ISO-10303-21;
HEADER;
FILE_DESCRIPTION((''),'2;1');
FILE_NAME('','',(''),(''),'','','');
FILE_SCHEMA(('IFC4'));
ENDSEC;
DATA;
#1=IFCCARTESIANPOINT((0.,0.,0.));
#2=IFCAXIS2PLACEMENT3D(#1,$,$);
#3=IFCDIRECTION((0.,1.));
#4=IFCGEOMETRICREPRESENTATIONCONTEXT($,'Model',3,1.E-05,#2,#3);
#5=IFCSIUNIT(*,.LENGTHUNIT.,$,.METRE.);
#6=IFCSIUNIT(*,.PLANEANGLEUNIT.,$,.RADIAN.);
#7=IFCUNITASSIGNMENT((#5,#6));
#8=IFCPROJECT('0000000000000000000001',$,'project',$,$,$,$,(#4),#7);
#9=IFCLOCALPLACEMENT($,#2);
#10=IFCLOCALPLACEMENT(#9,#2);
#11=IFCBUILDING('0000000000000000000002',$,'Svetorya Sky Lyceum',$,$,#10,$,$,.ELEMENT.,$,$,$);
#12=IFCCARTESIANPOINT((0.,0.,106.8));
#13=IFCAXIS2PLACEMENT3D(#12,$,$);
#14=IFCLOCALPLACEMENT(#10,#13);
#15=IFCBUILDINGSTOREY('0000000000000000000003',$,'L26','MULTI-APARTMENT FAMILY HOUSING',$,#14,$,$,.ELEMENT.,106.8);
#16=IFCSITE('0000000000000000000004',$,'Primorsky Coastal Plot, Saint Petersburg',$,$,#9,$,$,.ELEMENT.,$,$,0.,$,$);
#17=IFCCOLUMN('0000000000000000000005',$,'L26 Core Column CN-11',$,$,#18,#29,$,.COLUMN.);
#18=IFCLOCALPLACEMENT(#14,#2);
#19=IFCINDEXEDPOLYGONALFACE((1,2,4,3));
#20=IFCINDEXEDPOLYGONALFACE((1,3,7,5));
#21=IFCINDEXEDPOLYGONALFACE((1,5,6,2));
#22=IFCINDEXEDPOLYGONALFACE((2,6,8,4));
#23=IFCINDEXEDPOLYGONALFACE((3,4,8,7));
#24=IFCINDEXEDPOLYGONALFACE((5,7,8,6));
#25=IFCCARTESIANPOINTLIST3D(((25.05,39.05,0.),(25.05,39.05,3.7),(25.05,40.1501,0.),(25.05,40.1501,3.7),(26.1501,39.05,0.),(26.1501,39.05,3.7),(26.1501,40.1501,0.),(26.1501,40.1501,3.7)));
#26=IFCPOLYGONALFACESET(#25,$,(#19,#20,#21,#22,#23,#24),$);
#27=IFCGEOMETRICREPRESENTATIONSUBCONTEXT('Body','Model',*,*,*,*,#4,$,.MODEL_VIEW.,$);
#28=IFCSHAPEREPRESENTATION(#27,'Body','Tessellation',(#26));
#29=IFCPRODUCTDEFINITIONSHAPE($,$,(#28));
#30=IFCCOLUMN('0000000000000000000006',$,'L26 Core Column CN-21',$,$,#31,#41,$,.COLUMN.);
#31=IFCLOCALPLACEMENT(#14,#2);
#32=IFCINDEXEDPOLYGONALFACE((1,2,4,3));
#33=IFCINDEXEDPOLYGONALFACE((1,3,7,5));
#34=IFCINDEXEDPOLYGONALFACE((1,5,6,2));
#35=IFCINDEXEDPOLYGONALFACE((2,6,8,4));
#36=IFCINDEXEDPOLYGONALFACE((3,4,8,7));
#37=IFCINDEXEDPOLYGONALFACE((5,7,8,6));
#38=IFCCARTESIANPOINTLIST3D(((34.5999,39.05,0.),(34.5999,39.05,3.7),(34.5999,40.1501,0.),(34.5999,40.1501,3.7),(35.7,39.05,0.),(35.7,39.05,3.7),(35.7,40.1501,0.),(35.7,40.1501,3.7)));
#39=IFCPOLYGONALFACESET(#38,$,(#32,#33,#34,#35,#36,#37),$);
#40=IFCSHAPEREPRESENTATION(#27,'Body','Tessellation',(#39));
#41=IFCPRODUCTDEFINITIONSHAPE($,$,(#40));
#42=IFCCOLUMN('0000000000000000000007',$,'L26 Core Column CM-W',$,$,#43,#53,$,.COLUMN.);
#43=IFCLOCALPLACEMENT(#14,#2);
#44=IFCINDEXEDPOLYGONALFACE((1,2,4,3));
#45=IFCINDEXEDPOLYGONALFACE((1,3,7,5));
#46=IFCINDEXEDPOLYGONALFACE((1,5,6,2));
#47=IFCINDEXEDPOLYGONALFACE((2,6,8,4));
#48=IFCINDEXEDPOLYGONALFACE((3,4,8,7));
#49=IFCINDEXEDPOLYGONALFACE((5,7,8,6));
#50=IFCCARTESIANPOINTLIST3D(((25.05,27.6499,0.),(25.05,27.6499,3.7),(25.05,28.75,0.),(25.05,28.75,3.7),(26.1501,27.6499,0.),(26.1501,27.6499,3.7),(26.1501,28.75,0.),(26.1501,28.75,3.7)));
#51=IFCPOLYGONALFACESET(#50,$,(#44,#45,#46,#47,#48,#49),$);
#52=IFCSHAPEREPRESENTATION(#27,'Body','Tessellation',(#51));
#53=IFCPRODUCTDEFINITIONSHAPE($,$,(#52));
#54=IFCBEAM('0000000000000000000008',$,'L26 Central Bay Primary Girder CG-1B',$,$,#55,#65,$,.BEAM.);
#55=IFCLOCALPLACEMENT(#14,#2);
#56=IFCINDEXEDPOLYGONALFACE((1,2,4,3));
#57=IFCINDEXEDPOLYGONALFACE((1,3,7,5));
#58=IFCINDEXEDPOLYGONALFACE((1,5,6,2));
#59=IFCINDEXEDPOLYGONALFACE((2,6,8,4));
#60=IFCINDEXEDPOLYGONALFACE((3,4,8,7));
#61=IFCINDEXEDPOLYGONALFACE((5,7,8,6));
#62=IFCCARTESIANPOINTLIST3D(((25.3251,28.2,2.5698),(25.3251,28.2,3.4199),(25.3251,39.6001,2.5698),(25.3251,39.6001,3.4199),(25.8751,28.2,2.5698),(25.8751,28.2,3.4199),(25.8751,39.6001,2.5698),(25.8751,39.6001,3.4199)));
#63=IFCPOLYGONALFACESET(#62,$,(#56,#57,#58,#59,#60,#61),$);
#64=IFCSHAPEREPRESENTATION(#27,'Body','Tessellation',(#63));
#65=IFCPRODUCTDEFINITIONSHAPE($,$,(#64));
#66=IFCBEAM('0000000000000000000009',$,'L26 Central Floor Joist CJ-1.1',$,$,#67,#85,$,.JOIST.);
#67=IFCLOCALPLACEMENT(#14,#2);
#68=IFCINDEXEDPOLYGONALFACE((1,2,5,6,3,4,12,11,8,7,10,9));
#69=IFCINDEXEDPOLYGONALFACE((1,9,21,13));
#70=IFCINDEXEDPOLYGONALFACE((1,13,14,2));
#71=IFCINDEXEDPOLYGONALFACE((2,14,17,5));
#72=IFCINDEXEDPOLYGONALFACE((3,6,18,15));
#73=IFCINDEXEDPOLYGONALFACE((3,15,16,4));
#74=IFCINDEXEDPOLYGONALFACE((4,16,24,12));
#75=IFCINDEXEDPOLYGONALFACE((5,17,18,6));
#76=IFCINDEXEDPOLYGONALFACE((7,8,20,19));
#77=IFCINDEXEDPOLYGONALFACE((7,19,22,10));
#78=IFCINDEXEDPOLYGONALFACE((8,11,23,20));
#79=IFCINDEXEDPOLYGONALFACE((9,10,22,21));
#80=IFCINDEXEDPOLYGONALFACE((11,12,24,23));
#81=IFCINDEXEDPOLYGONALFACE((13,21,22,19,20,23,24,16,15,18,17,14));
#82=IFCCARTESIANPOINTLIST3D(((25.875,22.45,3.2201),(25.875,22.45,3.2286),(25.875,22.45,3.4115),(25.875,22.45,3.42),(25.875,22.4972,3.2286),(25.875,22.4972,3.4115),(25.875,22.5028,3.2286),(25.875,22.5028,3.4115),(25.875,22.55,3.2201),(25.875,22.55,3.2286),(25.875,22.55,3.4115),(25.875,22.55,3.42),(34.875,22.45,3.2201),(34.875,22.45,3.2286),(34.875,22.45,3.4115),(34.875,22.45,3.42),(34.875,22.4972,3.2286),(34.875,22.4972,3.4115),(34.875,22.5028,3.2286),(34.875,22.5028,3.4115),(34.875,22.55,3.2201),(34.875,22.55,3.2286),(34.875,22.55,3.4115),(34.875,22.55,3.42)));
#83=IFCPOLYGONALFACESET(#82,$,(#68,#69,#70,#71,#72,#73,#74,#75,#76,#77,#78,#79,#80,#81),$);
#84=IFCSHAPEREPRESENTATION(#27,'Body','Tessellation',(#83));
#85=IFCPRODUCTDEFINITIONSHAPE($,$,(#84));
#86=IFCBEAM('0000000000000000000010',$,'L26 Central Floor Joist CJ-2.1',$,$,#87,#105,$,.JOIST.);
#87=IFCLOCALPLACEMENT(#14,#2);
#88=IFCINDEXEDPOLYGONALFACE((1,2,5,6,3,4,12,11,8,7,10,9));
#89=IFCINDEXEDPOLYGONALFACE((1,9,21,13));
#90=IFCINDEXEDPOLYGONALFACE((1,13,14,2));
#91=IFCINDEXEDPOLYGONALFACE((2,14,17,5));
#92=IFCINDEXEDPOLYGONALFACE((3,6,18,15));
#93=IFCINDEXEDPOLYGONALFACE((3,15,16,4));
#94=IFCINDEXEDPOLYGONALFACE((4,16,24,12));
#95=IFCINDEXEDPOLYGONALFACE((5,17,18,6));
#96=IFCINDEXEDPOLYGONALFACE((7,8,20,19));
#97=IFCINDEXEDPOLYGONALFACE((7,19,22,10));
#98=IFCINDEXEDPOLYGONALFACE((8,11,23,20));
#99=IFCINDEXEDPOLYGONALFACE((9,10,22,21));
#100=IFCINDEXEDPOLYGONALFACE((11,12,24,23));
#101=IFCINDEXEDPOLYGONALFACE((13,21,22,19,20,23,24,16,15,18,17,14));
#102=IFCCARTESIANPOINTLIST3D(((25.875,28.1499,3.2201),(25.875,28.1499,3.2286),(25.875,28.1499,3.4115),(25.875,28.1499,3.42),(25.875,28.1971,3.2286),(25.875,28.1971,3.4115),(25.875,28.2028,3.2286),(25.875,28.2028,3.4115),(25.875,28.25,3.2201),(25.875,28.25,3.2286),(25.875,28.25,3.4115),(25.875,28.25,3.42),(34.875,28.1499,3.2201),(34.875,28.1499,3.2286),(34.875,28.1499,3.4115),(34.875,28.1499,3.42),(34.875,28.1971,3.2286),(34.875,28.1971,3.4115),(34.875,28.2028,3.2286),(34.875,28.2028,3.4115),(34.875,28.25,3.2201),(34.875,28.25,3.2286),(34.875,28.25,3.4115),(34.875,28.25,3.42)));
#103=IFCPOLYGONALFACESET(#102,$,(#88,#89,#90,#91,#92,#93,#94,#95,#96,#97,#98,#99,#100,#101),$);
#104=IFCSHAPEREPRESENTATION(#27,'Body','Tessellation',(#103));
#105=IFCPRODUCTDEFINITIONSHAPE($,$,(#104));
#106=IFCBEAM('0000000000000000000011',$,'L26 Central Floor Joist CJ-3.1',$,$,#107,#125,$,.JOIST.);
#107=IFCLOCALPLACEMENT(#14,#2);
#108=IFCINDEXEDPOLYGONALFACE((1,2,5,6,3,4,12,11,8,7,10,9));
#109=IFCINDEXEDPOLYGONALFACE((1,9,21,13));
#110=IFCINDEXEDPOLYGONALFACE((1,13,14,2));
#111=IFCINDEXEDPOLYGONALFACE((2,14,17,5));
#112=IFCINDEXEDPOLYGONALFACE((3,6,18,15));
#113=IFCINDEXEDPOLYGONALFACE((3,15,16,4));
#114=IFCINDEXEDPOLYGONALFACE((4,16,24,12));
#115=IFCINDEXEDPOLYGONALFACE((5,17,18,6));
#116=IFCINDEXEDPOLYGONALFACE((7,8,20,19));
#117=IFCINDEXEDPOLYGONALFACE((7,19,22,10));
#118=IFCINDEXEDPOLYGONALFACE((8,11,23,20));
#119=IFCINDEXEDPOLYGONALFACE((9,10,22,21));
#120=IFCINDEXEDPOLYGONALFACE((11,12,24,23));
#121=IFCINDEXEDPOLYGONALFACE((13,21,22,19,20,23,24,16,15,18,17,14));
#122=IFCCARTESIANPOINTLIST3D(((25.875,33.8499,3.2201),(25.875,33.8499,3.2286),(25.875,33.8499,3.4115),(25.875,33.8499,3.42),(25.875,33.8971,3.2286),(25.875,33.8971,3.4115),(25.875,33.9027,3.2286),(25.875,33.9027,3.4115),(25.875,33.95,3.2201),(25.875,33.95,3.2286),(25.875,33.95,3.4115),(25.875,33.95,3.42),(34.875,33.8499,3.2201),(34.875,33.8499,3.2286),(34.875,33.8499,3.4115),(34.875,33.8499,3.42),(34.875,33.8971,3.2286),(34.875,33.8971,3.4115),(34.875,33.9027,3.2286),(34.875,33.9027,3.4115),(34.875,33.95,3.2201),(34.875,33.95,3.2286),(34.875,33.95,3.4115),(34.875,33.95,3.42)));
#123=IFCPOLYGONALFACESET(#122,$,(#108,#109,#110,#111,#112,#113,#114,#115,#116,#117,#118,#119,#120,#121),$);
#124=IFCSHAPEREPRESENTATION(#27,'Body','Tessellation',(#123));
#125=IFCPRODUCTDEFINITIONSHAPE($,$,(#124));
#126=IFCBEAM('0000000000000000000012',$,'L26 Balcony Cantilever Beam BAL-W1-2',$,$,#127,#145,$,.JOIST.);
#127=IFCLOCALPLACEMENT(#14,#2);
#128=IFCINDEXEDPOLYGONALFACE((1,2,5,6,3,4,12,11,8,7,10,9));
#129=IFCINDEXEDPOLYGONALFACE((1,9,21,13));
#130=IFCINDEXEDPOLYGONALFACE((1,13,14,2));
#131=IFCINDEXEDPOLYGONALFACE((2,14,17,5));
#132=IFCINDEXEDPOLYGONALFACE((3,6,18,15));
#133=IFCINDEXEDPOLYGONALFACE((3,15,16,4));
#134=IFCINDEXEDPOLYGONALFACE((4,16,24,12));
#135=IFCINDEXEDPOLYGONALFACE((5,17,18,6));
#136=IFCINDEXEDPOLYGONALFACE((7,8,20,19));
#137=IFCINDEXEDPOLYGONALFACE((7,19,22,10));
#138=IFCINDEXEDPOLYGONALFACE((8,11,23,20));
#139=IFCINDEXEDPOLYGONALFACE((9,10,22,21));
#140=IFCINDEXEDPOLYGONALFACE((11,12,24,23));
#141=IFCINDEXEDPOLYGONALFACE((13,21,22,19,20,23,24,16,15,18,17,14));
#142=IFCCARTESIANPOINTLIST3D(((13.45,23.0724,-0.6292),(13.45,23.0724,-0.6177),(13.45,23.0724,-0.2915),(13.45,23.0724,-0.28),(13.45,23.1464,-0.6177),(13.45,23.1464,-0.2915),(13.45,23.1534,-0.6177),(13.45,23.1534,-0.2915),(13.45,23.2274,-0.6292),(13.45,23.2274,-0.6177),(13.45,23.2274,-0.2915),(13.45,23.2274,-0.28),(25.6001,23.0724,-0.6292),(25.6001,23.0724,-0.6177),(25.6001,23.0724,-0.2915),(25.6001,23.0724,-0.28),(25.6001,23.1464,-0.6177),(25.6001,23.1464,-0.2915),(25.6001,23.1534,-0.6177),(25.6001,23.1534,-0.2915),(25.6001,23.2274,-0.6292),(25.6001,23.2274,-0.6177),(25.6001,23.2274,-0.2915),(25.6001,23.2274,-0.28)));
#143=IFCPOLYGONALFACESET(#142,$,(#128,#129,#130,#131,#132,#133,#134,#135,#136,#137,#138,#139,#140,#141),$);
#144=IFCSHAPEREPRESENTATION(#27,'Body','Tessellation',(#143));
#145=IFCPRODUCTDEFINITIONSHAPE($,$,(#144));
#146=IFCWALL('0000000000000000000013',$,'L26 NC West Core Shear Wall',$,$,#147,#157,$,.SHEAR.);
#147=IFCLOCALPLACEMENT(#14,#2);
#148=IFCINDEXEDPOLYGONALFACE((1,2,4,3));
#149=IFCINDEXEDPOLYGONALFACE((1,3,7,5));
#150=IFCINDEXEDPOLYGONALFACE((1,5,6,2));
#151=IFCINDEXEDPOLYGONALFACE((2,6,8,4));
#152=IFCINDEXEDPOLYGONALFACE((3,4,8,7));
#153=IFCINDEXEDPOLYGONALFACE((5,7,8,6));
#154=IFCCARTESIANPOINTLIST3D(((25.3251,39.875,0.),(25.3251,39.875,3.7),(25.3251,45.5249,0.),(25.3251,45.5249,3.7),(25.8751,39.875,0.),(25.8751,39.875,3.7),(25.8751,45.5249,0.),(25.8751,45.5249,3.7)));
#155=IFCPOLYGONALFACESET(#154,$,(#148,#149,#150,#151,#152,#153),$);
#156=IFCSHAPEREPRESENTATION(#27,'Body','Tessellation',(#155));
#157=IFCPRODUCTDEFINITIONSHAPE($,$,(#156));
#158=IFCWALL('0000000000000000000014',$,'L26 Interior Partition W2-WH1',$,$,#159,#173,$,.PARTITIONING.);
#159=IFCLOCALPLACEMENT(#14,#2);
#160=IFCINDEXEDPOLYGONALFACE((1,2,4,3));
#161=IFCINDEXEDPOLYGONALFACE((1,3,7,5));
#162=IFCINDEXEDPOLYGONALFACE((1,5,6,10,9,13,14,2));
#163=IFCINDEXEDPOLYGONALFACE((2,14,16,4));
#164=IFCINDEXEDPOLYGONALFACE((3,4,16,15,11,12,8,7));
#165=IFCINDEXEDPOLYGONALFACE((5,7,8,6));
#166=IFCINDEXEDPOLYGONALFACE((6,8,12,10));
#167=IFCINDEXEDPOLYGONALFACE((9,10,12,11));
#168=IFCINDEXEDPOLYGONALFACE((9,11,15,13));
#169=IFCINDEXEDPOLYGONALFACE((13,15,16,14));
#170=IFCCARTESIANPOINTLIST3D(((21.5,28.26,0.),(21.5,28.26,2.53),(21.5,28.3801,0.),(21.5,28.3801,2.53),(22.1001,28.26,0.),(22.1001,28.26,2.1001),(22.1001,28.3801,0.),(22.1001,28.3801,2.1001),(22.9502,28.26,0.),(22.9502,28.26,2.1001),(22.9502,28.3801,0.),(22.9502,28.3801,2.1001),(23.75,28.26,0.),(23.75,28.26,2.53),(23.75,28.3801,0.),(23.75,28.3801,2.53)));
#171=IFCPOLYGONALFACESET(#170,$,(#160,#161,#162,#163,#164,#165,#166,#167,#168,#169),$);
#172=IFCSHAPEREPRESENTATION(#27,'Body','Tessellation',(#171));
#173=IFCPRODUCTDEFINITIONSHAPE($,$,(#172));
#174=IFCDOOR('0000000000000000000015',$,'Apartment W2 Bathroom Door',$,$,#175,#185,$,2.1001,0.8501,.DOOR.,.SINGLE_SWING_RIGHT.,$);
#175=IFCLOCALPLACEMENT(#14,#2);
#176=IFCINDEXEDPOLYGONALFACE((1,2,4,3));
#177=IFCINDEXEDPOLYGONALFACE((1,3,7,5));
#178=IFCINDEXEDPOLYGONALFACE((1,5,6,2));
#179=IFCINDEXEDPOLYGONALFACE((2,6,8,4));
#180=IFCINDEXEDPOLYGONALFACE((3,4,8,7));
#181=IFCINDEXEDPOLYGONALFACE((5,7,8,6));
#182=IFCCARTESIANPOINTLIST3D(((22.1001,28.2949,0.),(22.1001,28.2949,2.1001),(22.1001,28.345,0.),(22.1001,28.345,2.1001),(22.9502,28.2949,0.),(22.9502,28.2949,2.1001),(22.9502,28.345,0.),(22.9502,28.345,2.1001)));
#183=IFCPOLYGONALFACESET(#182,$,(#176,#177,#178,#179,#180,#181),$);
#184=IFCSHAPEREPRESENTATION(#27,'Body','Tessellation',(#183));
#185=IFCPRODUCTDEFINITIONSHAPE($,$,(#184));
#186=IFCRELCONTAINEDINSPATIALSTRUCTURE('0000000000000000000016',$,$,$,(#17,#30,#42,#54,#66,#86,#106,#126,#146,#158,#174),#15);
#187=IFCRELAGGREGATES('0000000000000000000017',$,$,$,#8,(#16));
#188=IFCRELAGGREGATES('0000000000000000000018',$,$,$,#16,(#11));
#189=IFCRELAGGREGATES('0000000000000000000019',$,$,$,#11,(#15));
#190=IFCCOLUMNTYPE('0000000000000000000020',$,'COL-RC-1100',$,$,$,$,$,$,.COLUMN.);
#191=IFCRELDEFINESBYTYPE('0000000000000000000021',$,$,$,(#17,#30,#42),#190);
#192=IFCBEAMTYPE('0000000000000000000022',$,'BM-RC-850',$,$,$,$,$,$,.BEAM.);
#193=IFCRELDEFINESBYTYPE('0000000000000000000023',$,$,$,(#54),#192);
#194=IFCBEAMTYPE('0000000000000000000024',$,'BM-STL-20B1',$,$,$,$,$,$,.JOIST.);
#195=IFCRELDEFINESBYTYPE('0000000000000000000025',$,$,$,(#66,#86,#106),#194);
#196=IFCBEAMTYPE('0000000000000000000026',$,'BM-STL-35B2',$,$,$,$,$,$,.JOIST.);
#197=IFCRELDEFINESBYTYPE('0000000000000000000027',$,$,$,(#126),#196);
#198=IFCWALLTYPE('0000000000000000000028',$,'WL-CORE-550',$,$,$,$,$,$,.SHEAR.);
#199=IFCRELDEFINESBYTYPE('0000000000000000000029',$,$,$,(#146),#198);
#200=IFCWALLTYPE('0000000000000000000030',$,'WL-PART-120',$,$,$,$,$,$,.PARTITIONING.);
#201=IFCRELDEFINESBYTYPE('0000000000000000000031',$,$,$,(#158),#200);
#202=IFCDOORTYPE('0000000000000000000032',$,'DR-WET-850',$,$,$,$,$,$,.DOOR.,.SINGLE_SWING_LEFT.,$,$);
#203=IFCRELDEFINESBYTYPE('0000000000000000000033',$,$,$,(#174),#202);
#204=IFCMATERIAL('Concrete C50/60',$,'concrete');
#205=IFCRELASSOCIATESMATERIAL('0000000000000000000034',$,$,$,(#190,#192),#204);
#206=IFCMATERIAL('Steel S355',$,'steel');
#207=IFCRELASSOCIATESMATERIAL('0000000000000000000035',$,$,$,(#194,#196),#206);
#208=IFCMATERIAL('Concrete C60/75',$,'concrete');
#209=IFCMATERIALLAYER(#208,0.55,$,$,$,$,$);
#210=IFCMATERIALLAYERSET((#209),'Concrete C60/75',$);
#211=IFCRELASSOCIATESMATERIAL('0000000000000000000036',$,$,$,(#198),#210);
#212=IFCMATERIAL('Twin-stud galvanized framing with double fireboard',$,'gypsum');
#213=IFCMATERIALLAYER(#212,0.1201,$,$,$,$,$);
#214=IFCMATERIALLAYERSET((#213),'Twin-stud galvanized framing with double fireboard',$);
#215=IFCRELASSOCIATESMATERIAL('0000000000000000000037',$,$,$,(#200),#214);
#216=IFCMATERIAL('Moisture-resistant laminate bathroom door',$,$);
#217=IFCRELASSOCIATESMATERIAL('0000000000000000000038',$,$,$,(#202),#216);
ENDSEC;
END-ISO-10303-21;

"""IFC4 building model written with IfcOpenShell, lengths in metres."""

from ifc_helpers import new_model, si_unit, direction, frame, frame_2d, origin, origin_2d, place, context, subcontext, project, spatial, rectangle, i_section, extrude, material, layer, layer_set, material_profile, profile_set, type_object, element, fill, save


model = new_model("IFC4")

# Units and contexts
model_context = context("Model", 3, precision=1e-05, world=origin(), true_north=direction((0.0, 1.0)))
body_context = subcontext(model_context, "Body", "Model", "MODEL_VIEW")
ifc_project = project(units=[si_unit("LENGTHUNIT", "METRE"), si_unit("PLANEANGLEUNIT", "RADIAN")], contexts=[model_context])

# Site, building, storey
site_placement = place(None, origin())
site = spatial("IfcSite", under=ifc_project, at=site_placement, Name="Primorsky Coastal Plot, Saint Petersburg", CompositionType="ELEMENT", RefElevation=0.0)
building_placement = place(site_placement, origin())
building = spatial("IfcBuilding", under=site, at=building_placement, Name="Svetorya Sky Lyceum", CompositionType="ELEMENT")
storey_placement = place(building_placement, frame((0.0, 0.0, 106.8)))
storey = spatial("IfcBuildingStorey", under=building, at=storey_placement, Name="L26", Description="MULTI-APARTMENT FAMILY HOUSING", CompositionType="ELEMENT", Elevation=106.8)

# Columns
ifc_material_1 = material(Name="Concrete C50/60", Category="concrete")
ifc_material_profile_1 = material_profile(ifc_material_1, rectangle(XDim=1.1001, YDim=1.1001, at=origin_2d()), Name="RC COL 1100x1100")
ifc_profile_set_1 = profile_set([ifc_material_profile_1], Name="Concrete C50/60")
column_type = type_object("IfcColumnType", Name="COL-RC-1100", PredefinedType="COLUMN", material=ifc_profile_set_1)
for number, where, z_axis, x_axis, name in (
    (1, (25.6001, 39.6001, 0.0), (0.0, 0.0, 1.0), (1.0, 0.0, 0.0), "L26 Core Column CN-11"),
    (2, (35.1499, 39.6001, 0.0), (0.0, 0.0, 1.0), (1.0, 0.0, 0.0), "L26 Core Column CN-21"),
    (3, (25.6001, 28.2, 0.0), (0.0, 0.0, 1.0), (1.0, 0.0, 0.0), "L26 Core Column CM-W"),
):
    element("IfcColumn", number, at=place(storey_placement, frame(where, z_axis=z_axis, x_axis=x_axis)), inside=storey, type_object=column_type, Name=name, PredefinedType="COLUMN", context=body_context, shape_type="SweptSolid", body=[
        extrude(rectangle(XDim=1.1001, YDim=1.1001, at=origin_2d()), origin(), (0.0, 0.0, 1.0), 3.7),
    ])

# Beams
ifc_material_profile_2 = material_profile(ifc_material_1, rectangle(XDim=0.55, YDim=0.8501, at=origin_2d()), Name="RC BEAM 550x850")
ifc_profile_set_2 = profile_set([ifc_material_profile_2], Name="Concrete C50/60")
beam_type_1 = type_object("IfcBeamType", Name="BM-RC-850", PredefinedType="BEAM", material=ifc_profile_set_2)
beam_1_placement = place(storey_placement, frame((25.6001, 28.2, 2.9949), z_axis=(0.0, 1.0, 0.0), x_axis=(-1.0, 0.0, 0.0)))
element("IfcBeam", 4, at=beam_1_placement, inside=storey, type_object=beam_type_1, Name="L26 Central Bay Primary Girder CG-1B", PredefinedType="BEAM", context=body_context, shape_type="SweptSolid", body=[
    extrude(rectangle(XDim=0.55, YDim=0.8501, at=origin_2d()), origin(), (0.0, 0.0, 1.0), 11.4001),
])
ifc_material_2 = material(Name="Steel S355", Category="steel")
ifc_material_profile_3 = material_profile(ifc_material_2, i_section(OverallWidth=0.1001, OverallDepth=0.2, WebThickness=0.0056, FlangeThickness=0.0085, at=origin_2d()), Name="GOST 20B1")
ifc_profile_set_3 = profile_set([ifc_material_profile_3], Name="Steel S355")
beam_type_2 = type_object("IfcBeamType", Name="BM-STL-20B1", PredefinedType="JOIST", material=ifc_profile_set_3)
for number, where, z_axis, x_axis, name in (
    (5, (25.875, 22.5, 3.3201), (1.0, 0.0, 0.0), (0.0, 1.0, 0.0), "L26 Central Floor Joist CJ-1.1"),
    (6, (25.875, 28.2, 3.3201), (1.0, 0.0, 0.0), (0.0, 1.0, 0.0), "L26 Central Floor Joist CJ-2.1"),
    (7, (25.875, 33.8999, 3.3201), (1.0, 0.0, 0.0), (0.0, 1.0, 0.0), "L26 Central Floor Joist CJ-3.1"),
):
    element("IfcBeam", number, at=place(storey_placement, frame(where, z_axis=z_axis, x_axis=x_axis)), inside=storey, type_object=beam_type_2, Name=name, PredefinedType="JOIST", context=body_context, shape_type="SweptSolid", body=[
        extrude(i_section(OverallWidth=0.1001, OverallDepth=0.2, WebThickness=0.0056, FlangeThickness=0.0085, at=origin_2d()), origin(), (0.0, 0.0, 1.0), 9.0),
    ])
ifc_material_profile_4 = material_profile(ifc_material_2, i_section(OverallWidth=0.155, OverallDepth=0.3491, WebThickness=0.0071, FlangeThickness=0.0115, at=origin_2d()), Name="GOST 35B2")
ifc_profile_set_4 = profile_set([ifc_material_profile_4], Name="Steel S355")
beam_type_3 = type_object("IfcBeamType", Name="BM-STL-35B2", PredefinedType="JOIST", material=ifc_profile_set_4)
beam_2_placement = place(storey_placement, frame((25.6001, 23.1499, -0.4546), z_axis=(-1.0, 0.0, 0.0), x_axis=(0.0, -1.0, 0.0)))
element("IfcBeam", 8, at=beam_2_placement, inside=storey, type_object=beam_type_3, Name="L26 Balcony Cantilever Beam BAL-W1-2", PredefinedType="JOIST", context=body_context, shape_type="SweptSolid", body=[
    extrude(i_section(OverallWidth=0.155, OverallDepth=0.3491, WebThickness=0.0071, FlangeThickness=0.0115, at=origin_2d()), origin(), (0.0, 0.0, 1.0), 12.1501),
])

# Wall
ifc_material_3 = material(Name="Concrete C60/75", Category="concrete")
ifc_layer_1 = layer(ifc_material_3, 0.55)
ifc_layer_set_1 = layer_set([ifc_layer_1], Name="Concrete C60/75")
wall_type_1 = type_object("IfcWallType", Name="WL-CORE-550", PredefinedType="SHEAR", material=ifc_layer_set_1)
wall_1_placement = place(storey_placement, frame((25.6001, 39.875, 0.0), z_axis=(0.0, 0.0, 1.0), x_axis=(0.0, 1.0, 0.0)))
element("IfcWall", 9, at=wall_1_placement, inside=storey, type_object=wall_type_1, Name="L26 NC West Core Shear Wall", PredefinedType="SHEAR", context=body_context, shape_type="SweptSolid", body=[
    extrude(rectangle(XDim=5.6499, YDim=0.55, at=frame_2d((2.825, 0.0))), origin(), (0.0, 0.0, 1.0), 3.7),
])

# Wall, opening, door
ifc_material_4 = material(Name="Twin-stud galvanized framing with double fireboard", Category="gypsum")
ifc_layer_2 = layer(ifc_material_4, 0.1201)
ifc_layer_set_2 = layer_set([ifc_layer_2], Name="Twin-stud galvanized framing with double fireboard")
wall_type_2 = type_object("IfcWallType", Name="WL-PART-120", PredefinedType="PARTITIONING", material=ifc_layer_set_2)
wall_2_placement = place(storey_placement, frame((21.5, 28.3201, 0.0), z_axis=(0.0, 0.0, 1.0), x_axis=(1.0, 0.0, 0.0)))
wall_2 = element("IfcWall", 10, at=wall_2_placement, inside=storey, type_object=wall_type_2, Name="L26 Interior Partition W2-WH1", PredefinedType="PARTITIONING", context=body_context, shape_type="SweptSolid", body=[
    extrude(rectangle(XDim=2.25, YDim=0.1201, at=frame_2d((1.125, 0.0))), origin(), (0.0, 0.0, 1.0), 2.53),
])
opening_1_placement = place(wall_2_placement, frame((0.6001, 0.0, 0.0)))
opening_1 = element("IfcOpeningElement", 11, at=opening_1_placement, cuts=wall_2, PredefinedType="OPENING", context=body_context, shape_type="SweptSolid", body=[
    extrude(rectangle(XDim=0.8501, YDim=2.1001, at=frame_2d((0.425, 1.05))), frame((0.0, 0.0701, 0.0), z_axis=(0.0, -1.0, 0.0), x_axis=(1.0, 0.0, 0.0)), (0.0, 0.0, 1.0), 0.1401),
])
ifc_material_5 = material(Name="Moisture-resistant laminate bathroom door")
door_type_1 = type_object("IfcDoorType", Name="DR-WET-850", OperationType="SINGLE_SWING_LEFT", PredefinedType="DOOR", material=ifc_material_5)
door_1_placement = place(opening_1_placement, origin())
door_1 = element("IfcDoor", 12, at=door_1_placement, inside=storey, type_object=door_type_1, Name="Apartment W2 Bathroom Door", OperationType="SINGLE_SWING_RIGHT", OverallHeight=2.1001, OverallWidth=0.8501, PredefinedType="DOOR", context=body_context, shape_type="SweptSolid", body=[
    extrude(rectangle(XDim=0.8501, YDim=2.1001, at=frame_2d((0.425, 1.05))), frame((0.0, 0.0249, 0.0), z_axis=(0.0, -1.0, 0.0), x_axis=(1.0, 0.0, 0.0)), (0.0, 0.0, 1.0), 0.05),
])
fill(opening_1, door_1)

save(model, "model.ifc")
